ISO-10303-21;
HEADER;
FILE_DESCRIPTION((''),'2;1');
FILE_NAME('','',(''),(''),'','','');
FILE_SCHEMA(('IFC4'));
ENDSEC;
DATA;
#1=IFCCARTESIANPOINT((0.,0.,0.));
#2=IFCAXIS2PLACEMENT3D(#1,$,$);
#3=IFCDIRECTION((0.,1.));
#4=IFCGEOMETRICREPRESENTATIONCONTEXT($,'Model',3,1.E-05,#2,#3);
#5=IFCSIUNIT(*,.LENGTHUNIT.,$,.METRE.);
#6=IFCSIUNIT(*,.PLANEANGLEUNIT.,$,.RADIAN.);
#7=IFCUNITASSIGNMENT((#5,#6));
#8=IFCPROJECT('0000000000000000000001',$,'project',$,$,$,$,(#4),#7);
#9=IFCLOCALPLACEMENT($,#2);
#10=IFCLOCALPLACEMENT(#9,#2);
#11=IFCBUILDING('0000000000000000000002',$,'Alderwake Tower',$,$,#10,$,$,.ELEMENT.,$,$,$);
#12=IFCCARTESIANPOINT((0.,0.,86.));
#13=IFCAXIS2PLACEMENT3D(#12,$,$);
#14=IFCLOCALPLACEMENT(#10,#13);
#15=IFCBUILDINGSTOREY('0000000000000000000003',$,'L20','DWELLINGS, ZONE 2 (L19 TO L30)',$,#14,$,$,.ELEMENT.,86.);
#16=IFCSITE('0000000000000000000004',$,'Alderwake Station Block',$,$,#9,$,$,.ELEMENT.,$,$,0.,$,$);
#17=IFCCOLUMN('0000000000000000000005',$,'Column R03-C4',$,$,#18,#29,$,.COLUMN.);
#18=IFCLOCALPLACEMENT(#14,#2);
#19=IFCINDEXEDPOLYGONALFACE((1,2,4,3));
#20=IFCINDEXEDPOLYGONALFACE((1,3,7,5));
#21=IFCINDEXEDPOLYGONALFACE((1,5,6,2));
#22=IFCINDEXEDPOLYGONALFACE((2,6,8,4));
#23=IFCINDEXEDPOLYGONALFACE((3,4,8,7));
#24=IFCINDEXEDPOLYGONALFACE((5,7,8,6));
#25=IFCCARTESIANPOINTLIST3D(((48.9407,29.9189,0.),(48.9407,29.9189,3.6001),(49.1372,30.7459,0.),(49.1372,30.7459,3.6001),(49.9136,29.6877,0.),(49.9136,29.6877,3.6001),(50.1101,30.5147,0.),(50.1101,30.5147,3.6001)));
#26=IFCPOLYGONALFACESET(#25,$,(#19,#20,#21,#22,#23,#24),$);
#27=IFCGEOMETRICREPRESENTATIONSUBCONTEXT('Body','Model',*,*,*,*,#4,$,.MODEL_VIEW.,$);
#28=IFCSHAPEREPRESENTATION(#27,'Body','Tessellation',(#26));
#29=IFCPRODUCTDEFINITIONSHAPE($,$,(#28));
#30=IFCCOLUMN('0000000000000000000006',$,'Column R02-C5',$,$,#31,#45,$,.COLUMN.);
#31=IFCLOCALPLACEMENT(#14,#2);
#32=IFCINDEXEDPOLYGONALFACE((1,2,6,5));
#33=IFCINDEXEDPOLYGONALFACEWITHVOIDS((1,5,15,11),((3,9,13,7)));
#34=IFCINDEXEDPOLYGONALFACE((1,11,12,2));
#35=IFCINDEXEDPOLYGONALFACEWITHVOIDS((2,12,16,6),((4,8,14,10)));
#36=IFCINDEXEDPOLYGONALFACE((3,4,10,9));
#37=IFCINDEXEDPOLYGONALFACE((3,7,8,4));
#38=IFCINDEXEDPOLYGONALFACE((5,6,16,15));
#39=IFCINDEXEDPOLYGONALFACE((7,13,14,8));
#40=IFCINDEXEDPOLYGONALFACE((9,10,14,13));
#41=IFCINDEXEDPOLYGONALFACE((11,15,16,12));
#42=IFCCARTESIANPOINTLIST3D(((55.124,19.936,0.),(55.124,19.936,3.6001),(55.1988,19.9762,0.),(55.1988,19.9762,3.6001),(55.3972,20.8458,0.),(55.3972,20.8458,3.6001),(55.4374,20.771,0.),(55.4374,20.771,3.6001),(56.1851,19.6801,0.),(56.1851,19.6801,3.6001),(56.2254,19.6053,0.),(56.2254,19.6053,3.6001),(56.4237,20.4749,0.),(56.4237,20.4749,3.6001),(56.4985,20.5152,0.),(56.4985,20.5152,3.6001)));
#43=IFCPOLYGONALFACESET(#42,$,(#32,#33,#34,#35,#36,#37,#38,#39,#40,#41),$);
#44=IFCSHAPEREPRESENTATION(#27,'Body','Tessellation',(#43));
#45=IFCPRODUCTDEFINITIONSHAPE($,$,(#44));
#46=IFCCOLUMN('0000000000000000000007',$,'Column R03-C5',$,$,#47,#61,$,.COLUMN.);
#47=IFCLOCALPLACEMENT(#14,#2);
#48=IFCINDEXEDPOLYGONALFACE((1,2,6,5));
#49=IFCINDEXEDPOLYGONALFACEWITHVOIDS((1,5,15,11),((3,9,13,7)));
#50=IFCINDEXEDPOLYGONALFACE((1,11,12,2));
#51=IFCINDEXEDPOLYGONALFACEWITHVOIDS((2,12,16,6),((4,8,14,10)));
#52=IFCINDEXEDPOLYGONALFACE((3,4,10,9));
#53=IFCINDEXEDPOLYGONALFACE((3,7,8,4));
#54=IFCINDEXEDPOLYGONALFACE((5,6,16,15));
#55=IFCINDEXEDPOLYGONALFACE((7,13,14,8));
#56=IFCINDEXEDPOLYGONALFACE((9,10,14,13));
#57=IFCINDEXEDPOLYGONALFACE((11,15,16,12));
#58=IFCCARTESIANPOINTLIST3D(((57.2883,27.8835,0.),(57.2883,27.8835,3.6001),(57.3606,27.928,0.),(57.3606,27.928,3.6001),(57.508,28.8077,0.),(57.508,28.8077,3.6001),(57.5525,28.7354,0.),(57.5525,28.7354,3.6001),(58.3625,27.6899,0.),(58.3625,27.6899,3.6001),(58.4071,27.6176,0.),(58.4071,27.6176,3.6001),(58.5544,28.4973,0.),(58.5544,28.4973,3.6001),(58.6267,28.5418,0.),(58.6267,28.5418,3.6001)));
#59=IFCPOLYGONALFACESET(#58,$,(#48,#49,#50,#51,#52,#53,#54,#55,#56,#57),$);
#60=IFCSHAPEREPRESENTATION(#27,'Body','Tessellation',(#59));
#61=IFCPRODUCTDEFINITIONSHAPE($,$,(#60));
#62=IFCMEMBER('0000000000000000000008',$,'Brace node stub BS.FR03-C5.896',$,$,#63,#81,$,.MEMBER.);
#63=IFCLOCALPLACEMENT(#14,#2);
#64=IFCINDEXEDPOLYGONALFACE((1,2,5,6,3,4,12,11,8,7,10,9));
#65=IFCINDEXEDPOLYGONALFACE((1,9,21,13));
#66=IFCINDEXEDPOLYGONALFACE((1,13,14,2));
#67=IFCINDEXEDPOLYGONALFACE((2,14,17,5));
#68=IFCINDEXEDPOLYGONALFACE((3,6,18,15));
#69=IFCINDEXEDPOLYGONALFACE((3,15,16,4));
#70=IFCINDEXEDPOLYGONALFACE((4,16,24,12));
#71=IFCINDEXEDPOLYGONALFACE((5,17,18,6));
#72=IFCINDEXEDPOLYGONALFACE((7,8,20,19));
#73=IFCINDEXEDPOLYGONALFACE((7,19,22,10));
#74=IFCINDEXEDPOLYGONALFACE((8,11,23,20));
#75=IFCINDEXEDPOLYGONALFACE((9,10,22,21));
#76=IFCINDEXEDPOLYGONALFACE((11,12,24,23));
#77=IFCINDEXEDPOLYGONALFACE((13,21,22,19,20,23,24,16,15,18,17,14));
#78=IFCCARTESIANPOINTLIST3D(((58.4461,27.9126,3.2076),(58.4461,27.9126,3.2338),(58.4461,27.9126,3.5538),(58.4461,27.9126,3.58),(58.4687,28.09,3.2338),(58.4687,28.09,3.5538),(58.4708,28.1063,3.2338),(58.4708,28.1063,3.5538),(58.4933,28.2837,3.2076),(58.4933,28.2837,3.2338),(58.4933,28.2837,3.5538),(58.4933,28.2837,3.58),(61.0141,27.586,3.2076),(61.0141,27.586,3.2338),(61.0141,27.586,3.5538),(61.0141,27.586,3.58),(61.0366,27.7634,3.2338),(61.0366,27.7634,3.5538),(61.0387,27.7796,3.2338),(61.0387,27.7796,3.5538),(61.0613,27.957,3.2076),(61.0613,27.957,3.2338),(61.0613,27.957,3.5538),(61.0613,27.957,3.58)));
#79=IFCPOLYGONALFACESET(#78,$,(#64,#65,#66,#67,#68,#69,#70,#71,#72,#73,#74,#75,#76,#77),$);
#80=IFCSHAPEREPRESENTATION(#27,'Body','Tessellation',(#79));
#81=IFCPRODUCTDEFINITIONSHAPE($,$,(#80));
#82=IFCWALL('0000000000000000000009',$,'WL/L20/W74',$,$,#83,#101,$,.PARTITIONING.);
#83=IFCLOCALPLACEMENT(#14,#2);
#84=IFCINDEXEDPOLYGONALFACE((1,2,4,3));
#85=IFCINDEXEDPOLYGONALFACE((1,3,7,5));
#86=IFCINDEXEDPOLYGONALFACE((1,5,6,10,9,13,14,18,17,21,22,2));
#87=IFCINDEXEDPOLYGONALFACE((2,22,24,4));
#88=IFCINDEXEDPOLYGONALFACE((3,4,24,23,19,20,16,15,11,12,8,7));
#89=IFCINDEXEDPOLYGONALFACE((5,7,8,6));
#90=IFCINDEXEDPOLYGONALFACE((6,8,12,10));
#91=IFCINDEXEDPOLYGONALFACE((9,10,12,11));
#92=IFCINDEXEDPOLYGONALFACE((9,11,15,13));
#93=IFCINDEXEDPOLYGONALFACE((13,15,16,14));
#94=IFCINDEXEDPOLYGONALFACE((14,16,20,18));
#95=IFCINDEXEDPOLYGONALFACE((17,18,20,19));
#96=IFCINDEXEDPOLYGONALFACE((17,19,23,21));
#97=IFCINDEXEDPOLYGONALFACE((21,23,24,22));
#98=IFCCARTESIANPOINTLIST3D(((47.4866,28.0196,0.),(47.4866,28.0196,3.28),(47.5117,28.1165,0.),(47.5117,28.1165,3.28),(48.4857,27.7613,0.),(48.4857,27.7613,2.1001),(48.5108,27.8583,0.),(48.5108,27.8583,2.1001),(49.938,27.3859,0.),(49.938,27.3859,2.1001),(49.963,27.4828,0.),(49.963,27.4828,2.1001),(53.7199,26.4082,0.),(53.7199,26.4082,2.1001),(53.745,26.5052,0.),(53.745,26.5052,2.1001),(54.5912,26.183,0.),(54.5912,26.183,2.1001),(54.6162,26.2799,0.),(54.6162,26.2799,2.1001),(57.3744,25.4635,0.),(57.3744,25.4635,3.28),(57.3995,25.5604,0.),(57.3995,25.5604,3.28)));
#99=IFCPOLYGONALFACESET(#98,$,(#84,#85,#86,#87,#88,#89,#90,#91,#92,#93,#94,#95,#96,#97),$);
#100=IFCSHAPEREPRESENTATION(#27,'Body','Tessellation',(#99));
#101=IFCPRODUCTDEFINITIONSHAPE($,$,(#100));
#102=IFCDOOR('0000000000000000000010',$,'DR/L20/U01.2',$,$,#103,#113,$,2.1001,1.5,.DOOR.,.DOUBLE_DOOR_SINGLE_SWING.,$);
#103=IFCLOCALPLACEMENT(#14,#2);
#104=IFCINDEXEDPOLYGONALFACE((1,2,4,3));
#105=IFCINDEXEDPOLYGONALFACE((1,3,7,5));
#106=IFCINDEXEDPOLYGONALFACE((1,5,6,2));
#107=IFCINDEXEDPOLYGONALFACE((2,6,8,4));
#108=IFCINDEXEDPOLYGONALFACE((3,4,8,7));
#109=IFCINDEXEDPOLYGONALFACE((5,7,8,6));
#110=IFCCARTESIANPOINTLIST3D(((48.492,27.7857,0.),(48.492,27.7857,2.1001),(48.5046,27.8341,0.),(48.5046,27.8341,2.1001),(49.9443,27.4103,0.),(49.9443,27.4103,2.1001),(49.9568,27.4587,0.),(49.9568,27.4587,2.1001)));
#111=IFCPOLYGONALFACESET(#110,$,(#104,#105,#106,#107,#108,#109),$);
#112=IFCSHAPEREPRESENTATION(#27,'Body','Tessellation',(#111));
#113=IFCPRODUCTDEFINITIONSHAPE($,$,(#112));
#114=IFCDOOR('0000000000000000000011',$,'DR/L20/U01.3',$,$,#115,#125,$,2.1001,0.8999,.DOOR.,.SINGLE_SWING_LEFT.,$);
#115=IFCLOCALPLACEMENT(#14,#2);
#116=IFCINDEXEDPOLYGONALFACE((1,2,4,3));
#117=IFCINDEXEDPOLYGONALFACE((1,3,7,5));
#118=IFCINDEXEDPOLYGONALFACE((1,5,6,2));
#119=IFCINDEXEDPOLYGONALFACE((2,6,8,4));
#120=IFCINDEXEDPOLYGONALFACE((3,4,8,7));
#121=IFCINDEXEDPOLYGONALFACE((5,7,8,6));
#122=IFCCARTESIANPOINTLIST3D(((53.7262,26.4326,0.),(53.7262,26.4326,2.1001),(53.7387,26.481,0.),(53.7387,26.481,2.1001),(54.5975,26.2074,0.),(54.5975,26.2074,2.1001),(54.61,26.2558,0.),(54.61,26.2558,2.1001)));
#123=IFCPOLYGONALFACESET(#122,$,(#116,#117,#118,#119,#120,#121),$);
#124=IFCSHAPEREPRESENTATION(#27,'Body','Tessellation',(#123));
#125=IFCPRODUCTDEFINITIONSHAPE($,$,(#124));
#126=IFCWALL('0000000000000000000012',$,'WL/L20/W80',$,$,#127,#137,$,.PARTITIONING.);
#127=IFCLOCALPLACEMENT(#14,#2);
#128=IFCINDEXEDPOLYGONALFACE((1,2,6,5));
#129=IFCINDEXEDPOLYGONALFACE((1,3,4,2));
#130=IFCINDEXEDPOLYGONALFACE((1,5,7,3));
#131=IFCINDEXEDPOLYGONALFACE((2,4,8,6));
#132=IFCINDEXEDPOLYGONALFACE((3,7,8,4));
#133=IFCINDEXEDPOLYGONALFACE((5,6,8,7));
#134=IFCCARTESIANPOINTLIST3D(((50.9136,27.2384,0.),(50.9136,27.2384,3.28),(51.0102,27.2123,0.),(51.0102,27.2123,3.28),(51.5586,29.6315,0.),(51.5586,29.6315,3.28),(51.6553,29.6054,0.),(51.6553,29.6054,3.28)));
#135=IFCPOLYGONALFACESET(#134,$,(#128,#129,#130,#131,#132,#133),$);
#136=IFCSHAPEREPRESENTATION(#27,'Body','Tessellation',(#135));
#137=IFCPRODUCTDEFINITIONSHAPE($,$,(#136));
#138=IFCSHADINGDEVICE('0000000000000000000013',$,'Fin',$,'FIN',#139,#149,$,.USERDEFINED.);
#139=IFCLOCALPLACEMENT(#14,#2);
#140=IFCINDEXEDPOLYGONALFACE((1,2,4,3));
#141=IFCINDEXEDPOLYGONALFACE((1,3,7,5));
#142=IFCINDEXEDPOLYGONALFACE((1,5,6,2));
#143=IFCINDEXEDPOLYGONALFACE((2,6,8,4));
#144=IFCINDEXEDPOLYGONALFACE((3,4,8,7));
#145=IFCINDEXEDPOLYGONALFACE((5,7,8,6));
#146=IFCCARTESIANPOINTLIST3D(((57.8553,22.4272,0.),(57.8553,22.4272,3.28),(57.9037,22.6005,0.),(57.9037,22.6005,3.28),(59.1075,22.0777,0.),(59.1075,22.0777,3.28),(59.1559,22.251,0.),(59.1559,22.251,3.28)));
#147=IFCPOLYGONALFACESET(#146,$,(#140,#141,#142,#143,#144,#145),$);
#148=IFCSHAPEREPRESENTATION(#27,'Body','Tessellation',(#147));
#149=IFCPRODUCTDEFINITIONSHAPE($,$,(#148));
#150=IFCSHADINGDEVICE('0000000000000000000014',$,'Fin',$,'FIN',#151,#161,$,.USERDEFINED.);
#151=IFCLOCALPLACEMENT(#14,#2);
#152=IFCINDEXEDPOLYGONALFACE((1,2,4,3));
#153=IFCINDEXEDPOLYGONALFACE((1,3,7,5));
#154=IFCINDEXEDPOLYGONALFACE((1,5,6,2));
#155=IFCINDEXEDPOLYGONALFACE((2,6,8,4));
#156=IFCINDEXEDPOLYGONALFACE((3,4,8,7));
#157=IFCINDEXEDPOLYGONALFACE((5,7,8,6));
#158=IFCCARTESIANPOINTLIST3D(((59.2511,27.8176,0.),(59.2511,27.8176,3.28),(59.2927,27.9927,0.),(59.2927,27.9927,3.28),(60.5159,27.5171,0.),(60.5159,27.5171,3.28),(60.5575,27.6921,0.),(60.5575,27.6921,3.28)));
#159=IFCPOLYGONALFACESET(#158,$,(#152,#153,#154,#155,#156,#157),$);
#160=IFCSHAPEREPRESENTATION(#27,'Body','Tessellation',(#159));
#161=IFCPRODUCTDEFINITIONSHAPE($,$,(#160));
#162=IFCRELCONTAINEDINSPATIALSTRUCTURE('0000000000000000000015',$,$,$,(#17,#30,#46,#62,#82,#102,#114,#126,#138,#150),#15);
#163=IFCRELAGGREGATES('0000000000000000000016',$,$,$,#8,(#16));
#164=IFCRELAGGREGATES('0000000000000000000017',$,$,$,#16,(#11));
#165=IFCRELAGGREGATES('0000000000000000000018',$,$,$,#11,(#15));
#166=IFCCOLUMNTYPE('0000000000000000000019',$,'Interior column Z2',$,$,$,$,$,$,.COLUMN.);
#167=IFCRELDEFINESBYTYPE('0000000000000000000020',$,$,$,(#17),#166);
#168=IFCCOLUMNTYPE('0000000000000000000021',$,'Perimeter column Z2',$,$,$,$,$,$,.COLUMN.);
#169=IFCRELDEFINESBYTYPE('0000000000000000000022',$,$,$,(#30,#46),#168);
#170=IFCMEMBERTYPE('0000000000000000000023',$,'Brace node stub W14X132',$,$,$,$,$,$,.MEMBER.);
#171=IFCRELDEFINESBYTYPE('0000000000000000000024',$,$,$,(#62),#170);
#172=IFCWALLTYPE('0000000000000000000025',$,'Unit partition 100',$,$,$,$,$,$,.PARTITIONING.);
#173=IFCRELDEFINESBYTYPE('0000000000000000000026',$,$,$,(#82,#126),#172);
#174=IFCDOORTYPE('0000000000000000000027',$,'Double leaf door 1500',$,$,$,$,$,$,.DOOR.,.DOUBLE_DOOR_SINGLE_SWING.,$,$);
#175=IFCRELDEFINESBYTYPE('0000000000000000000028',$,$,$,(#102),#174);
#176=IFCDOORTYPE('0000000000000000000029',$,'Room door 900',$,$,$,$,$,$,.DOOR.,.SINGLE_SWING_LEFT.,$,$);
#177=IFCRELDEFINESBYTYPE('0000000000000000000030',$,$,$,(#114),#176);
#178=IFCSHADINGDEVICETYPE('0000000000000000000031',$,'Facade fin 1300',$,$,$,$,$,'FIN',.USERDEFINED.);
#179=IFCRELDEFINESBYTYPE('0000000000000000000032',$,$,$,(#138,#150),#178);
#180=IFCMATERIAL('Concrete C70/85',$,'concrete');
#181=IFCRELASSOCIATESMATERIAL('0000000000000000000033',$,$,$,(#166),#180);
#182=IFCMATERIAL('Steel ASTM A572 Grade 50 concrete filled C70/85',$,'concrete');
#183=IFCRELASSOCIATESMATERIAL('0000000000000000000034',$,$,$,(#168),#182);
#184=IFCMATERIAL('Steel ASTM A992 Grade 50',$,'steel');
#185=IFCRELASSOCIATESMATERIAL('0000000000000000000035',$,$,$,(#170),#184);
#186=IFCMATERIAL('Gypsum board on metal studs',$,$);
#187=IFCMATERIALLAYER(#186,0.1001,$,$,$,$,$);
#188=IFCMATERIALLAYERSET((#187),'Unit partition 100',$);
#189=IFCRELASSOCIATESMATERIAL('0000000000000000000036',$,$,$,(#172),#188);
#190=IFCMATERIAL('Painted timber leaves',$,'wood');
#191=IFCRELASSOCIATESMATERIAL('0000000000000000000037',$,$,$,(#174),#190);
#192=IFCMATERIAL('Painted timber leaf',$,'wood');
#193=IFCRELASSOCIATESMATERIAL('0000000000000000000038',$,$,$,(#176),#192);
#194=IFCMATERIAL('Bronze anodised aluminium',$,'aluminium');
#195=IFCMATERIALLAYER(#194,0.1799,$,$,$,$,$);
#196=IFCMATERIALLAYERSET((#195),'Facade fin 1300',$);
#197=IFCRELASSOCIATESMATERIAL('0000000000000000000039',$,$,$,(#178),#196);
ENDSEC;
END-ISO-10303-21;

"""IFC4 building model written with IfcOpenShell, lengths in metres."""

from ifc_helpers import new_model, si_unit, direction, frame, frame_2d, origin, origin_2d, place, context, subcontext, project, spatial, rectangle, hollow_rectangle, i_section, extrude, material, layer, layer_set, material_profile, profile_set, type_object, element, fill, save


model = new_model("IFC4")

# Units and contexts
model_context = context("Model", 3, precision=1e-05, world=origin(), true_north=direction((0.0, 1.0)))
body_context = subcontext(model_context, "Body", "Model", "MODEL_VIEW")
ifc_project = project(units=[si_unit("LENGTHUNIT", "METRE"), si_unit("PLANEANGLEUNIT", "RADIAN")], contexts=[model_context])

# Site, building, storey
site_placement = place(None, origin())
site = spatial("IfcSite", under=ifc_project, at=site_placement, Name="Alderwake Station Block", CompositionType="ELEMENT", RefElevation=0.0)
building_placement = place(site_placement, origin())
building = spatial("IfcBuilding", under=site, at=building_placement, Name="Alderwake Tower", CompositionType="ELEMENT")
storey_placement = place(building_placement, frame((0.0, 0.0, 86.0)))
storey = spatial("IfcBuildingStorey", under=building, at=storey_placement, Name="L20", Description="DWELLINGS, ZONE 2 (L19 TO L30)", CompositionType="ELEMENT", Elevation=86.0)

# Columns
ifc_material_1 = material(Name="Concrete C70/85", Category="concrete")
ifc_material_profile_1 = material_profile(ifc_material_1, rectangle(XDim=0.8501, YDim=1.0, at=origin_2d()), Name="RC 1000X850")
ifc_profile_set_1 = profile_set([ifc_material_profile_1], Name="Concrete C70/85")
column_type_1 = type_object("IfcColumnType", Name="Interior column Z2", PredefinedType="COLUMN", material=ifc_profile_set_1)
column_placement = place(storey_placement, frame((49.5254, 30.2168, 0.0), z_axis=(0.0, 0.0, 1.0), x_axis=(0.231222, 0.972901, 0.0)))
element("IfcColumn", 1, at=column_placement, inside=storey, type_object=column_type_1, Name="Column R03-C4", PredefinedType="COLUMN", context=body_context, shape_type="SweptSolid", body=[
    extrude(rectangle(XDim=0.8501, YDim=1.0, at=origin_2d()), origin(), (0.0, 0.0, 1.0), 3.6001),
])
ifc_material_2 = material(Name="Steel ASTM A572 Grade 50 concrete filled C70/85", Category="concrete")
ifc_material_profile_2 = material_profile(ifc_material_2, hollow_rectangle(XDim=0.95, YDim=1.1499, WallThickness=0.0601, at=origin_2d()), Name="BOX 1150X950X60")
ifc_profile_set_2 = profile_set([ifc_material_profile_2], Name="Steel ASTM A572 Grade 50 concrete filled C70/85")
column_type_2 = type_object("IfcColumnType", Name="Perimeter column Z2", PredefinedType="COLUMN", material=ifc_profile_set_2)
for number, where, z_axis, x_axis, name in (
    (2, (55.8113, 20.2256, 0.0), (0.0, 0.0, 1.0), (0.287549, 0.957766, 0.0), "Column R02-C5"),
    (3, (57.9575, 28.2126, 0.0), (0.0, 0.0, 1.0), (0.231222, 0.972901, 0.0), "Column R03-C5"),
):
    element("IfcColumn", number, at=place(storey_placement, frame(where, z_axis=z_axis, x_axis=x_axis)), inside=storey, type_object=column_type_2, Name=name, PredefinedType="COLUMN", context=body_context, shape_type="SweptSolid", body=[
        extrude(hollow_rectangle(XDim=0.95, YDim=1.1499, WallThickness=0.0601, at=origin_2d()), origin(), (0.0, 0.0, 1.0), 3.6001),
    ])

# Member
ifc_material_3 = material(Name="Steel ASTM A992 Grade 50", Category="steel")
ifc_material_profile_3 = material_profile(ifc_material_3, i_section(OverallWidth=0.374, OverallDepth=0.3723, WebThickness=0.0164, FlangeThickness=0.0261, at=origin_2d()), Name="W14X132")
ifc_profile_set_3 = profile_set([ifc_material_profile_3], Name="Steel ASTM A992 Grade 50")
member_type = type_object("IfcMemberType", Name="Brace node stub W14X132", PredefinedType="MEMBER", material=ifc_profile_set_3)
member_placement = place(storey_placement, frame((58.4697, 28.0981, 3.3938), z_axis=(0.992006, -0.126194, 0.0), x_axis=(0.126194, 0.992006, 0.0)))
element("IfcMember", 4, at=member_placement, inside=storey, type_object=member_type, Name="Brace node stub BS.FR03-C5.896", PredefinedType="MEMBER", context=body_context, shape_type="SweptSolid", body=[
    extrude(i_section(OverallWidth=0.374, OverallDepth=0.3723, WebThickness=0.0164, FlangeThickness=0.0261, at=origin_2d()), origin(), (0.0, 0.0, 1.0), 2.5886),
])

# Wall, openings, doors
ifc_material_4 = material(Name="Gypsum board on metal studs")
ifc_layer_1 = layer(ifc_material_4, 0.1001)
ifc_layer_set_1 = layer_set([ifc_layer_1], Name="Unit partition 100")
wall_type_1 = type_object("IfcWallType", Name="Unit partition 100", PredefinedType="PARTITIONING", material=ifc_layer_set_1)
wall_1_placement = place(storey_placement, frame((57.387, 25.512, 0.0), z_axis=(0.0, 0.0, 1.0), x_axis=(-0.968172, 0.250284, 0.0)))
wall_1 = element("IfcWall", 5, at=wall_1_placement, inside=storey, type_object=wall_type_1, Name="WL/L20/W74", PredefinedType="PARTITIONING", context=body_context, shape_type="SweptSolid", body=[
    extrude(rectangle(XDim=10.2129, YDim=0.1001, at=frame_2d((5.1064, 0.0))), origin(), (0.0, 0.0, 1.0), 3.28),
])
opening_1_placement = place(wall_1_placement, frame((7.6809, 0.0, 0.0)))
opening_1 = element("IfcOpeningElement", 6, at=opening_1_placement, cuts=wall_1, PredefinedType="OPENING", context=body_context, shape_type="SweptSolid", body=[
    extrude(rectangle(XDim=1.5, YDim=2.1001, at=frame_2d((0.75, 1.05))), frame((0.0, 0.0601, 0.0), z_axis=(0.0, -1.0, 0.0), x_axis=(1.0, 0.0, 0.0)), (0.0, 0.0, 1.0), 0.1201),
])
opening_2_placement = place(wall_1_placement, frame((2.8748, 0.0, 0.0)))
opening_2 = element("IfcOpeningElement", 7, at=opening_2_placement, cuts=wall_1, PredefinedType="OPENING", context=body_context, shape_type="SweptSolid", body=[
    extrude(rectangle(XDim=0.8999, YDim=2.1001, at=frame_2d((0.45, 1.05))), frame((0.0, 0.0601, 0.0), z_axis=(0.0, -1.0, 0.0), x_axis=(1.0, 0.0, 0.0)), (0.0, 0.0, 1.0), 0.1201),
])
ifc_material_5 = material(Name="Painted timber leaves", Category="wood")
door_type_1 = type_object("IfcDoorType", Name="Double leaf door 1500", OperationType="DOUBLE_DOOR_SINGLE_SWING", PredefinedType="DOOR", material=ifc_material_5)
door_1_placement = place(opening_1_placement, origin())
door_1 = element("IfcDoor", 8, at=door_1_placement, inside=storey, type_object=door_type_1, Name="DR/L20/U01.2", OperationType="DOUBLE_DOOR_SINGLE_SWING", OverallHeight=2.1001, OverallWidth=1.5, PredefinedType="DOOR", context=body_context, shape_type="SweptSolid", body=[
    extrude(rectangle(XDim=1.5, YDim=2.1001, at=frame_2d((0.75, 1.05))), frame((0.0, 0.0249, 0.0), z_axis=(0.0, -1.0, 0.0), x_axis=(1.0, 0.0, 0.0)), (0.0, 0.0, 1.0), 0.05),
])
fill(opening_1, door_1)
ifc_material_6 = material(Name="Painted timber leaf", Category="wood")
door_type_2 = type_object("IfcDoorType", Name="Room door 900", OperationType="SINGLE_SWING_LEFT", PredefinedType="DOOR", material=ifc_material_6)
door_2_placement = place(opening_2_placement, origin())
door_2 = element("IfcDoor", 9, at=door_2_placement, inside=storey, type_object=door_type_2, Name="DR/L20/U01.3", OperationType="SINGLE_SWING_LEFT", OverallHeight=2.1001, OverallWidth=0.8999, PredefinedType="DOOR", context=body_context, shape_type="SweptSolid", body=[
    extrude(rectangle(XDim=0.8999, YDim=2.1001, at=frame_2d((0.45, 1.05))), frame((0.0, 0.0249, 0.0), z_axis=(0.0, -1.0, 0.0), x_axis=(1.0, 0.0, 0.0)), (0.0, 0.0, 1.0), 0.05),
])
fill(opening_2, door_2)

# Wall
wall_2_placement = place(storey_placement, frame((50.9619, 27.2253, 0.0), z_axis=(0.0, 0.0, 1.0), x_axis=(0.260249, 0.965542, 0.0)))
element("IfcWall", 10, at=wall_2_placement, inside=storey, type_object=wall_type_1, Name="WL/L20/W80", PredefinedType="PARTITIONING", context=body_context, shape_type="SweptSolid", body=[
    extrude(rectangle(XDim=2.4785, YDim=0.1001, at=frame_2d((1.2393, 0.0))), origin(), (0.0, 0.0, 1.0), 3.28),
])

# Shading devices
ifc_material_7 = material(Name="Bronze anodised aluminium", Category="aluminium")
ifc_layer_2 = layer(ifc_material_7, 0.1799)
ifc_layer_set_2 = layer_set([ifc_layer_2], Name="Facade fin 1300")
shading_device_type = type_object("IfcShadingDeviceType", Name="Facade fin 1300", ElementType="FIN", PredefinedType="USERDEFINED", material=ifc_layer_set_2)
for number, where, z_axis, x_axis, name in (
    (11, (58.5056, 22.3391, 0.0), (0.0, 0.0, 1.0), (0.963182, -0.268851, 0.0), "Fin"),
    (12, (59.9043, 27.7549, 0.0), (0.0, 0.0, 1.0), (0.972909, -0.231189, 0.0), "Fin"),
):
    element("IfcShadingDevice", number, at=place(storey_placement, frame(where, z_axis=z_axis, x_axis=x_axis)), inside=storey, type_object=shading_device_type, Name=name, ObjectType="FIN", PredefinedType="USERDEFINED", context=body_context, shape_type="SweptSolid", body=[
        extrude(rectangle(XDim=1.3, YDim=0.1799, at=origin_2d()), origin(), (0.0, 0.0, 1.0), 3.28),
    ])

save(model, "model.ifc")
